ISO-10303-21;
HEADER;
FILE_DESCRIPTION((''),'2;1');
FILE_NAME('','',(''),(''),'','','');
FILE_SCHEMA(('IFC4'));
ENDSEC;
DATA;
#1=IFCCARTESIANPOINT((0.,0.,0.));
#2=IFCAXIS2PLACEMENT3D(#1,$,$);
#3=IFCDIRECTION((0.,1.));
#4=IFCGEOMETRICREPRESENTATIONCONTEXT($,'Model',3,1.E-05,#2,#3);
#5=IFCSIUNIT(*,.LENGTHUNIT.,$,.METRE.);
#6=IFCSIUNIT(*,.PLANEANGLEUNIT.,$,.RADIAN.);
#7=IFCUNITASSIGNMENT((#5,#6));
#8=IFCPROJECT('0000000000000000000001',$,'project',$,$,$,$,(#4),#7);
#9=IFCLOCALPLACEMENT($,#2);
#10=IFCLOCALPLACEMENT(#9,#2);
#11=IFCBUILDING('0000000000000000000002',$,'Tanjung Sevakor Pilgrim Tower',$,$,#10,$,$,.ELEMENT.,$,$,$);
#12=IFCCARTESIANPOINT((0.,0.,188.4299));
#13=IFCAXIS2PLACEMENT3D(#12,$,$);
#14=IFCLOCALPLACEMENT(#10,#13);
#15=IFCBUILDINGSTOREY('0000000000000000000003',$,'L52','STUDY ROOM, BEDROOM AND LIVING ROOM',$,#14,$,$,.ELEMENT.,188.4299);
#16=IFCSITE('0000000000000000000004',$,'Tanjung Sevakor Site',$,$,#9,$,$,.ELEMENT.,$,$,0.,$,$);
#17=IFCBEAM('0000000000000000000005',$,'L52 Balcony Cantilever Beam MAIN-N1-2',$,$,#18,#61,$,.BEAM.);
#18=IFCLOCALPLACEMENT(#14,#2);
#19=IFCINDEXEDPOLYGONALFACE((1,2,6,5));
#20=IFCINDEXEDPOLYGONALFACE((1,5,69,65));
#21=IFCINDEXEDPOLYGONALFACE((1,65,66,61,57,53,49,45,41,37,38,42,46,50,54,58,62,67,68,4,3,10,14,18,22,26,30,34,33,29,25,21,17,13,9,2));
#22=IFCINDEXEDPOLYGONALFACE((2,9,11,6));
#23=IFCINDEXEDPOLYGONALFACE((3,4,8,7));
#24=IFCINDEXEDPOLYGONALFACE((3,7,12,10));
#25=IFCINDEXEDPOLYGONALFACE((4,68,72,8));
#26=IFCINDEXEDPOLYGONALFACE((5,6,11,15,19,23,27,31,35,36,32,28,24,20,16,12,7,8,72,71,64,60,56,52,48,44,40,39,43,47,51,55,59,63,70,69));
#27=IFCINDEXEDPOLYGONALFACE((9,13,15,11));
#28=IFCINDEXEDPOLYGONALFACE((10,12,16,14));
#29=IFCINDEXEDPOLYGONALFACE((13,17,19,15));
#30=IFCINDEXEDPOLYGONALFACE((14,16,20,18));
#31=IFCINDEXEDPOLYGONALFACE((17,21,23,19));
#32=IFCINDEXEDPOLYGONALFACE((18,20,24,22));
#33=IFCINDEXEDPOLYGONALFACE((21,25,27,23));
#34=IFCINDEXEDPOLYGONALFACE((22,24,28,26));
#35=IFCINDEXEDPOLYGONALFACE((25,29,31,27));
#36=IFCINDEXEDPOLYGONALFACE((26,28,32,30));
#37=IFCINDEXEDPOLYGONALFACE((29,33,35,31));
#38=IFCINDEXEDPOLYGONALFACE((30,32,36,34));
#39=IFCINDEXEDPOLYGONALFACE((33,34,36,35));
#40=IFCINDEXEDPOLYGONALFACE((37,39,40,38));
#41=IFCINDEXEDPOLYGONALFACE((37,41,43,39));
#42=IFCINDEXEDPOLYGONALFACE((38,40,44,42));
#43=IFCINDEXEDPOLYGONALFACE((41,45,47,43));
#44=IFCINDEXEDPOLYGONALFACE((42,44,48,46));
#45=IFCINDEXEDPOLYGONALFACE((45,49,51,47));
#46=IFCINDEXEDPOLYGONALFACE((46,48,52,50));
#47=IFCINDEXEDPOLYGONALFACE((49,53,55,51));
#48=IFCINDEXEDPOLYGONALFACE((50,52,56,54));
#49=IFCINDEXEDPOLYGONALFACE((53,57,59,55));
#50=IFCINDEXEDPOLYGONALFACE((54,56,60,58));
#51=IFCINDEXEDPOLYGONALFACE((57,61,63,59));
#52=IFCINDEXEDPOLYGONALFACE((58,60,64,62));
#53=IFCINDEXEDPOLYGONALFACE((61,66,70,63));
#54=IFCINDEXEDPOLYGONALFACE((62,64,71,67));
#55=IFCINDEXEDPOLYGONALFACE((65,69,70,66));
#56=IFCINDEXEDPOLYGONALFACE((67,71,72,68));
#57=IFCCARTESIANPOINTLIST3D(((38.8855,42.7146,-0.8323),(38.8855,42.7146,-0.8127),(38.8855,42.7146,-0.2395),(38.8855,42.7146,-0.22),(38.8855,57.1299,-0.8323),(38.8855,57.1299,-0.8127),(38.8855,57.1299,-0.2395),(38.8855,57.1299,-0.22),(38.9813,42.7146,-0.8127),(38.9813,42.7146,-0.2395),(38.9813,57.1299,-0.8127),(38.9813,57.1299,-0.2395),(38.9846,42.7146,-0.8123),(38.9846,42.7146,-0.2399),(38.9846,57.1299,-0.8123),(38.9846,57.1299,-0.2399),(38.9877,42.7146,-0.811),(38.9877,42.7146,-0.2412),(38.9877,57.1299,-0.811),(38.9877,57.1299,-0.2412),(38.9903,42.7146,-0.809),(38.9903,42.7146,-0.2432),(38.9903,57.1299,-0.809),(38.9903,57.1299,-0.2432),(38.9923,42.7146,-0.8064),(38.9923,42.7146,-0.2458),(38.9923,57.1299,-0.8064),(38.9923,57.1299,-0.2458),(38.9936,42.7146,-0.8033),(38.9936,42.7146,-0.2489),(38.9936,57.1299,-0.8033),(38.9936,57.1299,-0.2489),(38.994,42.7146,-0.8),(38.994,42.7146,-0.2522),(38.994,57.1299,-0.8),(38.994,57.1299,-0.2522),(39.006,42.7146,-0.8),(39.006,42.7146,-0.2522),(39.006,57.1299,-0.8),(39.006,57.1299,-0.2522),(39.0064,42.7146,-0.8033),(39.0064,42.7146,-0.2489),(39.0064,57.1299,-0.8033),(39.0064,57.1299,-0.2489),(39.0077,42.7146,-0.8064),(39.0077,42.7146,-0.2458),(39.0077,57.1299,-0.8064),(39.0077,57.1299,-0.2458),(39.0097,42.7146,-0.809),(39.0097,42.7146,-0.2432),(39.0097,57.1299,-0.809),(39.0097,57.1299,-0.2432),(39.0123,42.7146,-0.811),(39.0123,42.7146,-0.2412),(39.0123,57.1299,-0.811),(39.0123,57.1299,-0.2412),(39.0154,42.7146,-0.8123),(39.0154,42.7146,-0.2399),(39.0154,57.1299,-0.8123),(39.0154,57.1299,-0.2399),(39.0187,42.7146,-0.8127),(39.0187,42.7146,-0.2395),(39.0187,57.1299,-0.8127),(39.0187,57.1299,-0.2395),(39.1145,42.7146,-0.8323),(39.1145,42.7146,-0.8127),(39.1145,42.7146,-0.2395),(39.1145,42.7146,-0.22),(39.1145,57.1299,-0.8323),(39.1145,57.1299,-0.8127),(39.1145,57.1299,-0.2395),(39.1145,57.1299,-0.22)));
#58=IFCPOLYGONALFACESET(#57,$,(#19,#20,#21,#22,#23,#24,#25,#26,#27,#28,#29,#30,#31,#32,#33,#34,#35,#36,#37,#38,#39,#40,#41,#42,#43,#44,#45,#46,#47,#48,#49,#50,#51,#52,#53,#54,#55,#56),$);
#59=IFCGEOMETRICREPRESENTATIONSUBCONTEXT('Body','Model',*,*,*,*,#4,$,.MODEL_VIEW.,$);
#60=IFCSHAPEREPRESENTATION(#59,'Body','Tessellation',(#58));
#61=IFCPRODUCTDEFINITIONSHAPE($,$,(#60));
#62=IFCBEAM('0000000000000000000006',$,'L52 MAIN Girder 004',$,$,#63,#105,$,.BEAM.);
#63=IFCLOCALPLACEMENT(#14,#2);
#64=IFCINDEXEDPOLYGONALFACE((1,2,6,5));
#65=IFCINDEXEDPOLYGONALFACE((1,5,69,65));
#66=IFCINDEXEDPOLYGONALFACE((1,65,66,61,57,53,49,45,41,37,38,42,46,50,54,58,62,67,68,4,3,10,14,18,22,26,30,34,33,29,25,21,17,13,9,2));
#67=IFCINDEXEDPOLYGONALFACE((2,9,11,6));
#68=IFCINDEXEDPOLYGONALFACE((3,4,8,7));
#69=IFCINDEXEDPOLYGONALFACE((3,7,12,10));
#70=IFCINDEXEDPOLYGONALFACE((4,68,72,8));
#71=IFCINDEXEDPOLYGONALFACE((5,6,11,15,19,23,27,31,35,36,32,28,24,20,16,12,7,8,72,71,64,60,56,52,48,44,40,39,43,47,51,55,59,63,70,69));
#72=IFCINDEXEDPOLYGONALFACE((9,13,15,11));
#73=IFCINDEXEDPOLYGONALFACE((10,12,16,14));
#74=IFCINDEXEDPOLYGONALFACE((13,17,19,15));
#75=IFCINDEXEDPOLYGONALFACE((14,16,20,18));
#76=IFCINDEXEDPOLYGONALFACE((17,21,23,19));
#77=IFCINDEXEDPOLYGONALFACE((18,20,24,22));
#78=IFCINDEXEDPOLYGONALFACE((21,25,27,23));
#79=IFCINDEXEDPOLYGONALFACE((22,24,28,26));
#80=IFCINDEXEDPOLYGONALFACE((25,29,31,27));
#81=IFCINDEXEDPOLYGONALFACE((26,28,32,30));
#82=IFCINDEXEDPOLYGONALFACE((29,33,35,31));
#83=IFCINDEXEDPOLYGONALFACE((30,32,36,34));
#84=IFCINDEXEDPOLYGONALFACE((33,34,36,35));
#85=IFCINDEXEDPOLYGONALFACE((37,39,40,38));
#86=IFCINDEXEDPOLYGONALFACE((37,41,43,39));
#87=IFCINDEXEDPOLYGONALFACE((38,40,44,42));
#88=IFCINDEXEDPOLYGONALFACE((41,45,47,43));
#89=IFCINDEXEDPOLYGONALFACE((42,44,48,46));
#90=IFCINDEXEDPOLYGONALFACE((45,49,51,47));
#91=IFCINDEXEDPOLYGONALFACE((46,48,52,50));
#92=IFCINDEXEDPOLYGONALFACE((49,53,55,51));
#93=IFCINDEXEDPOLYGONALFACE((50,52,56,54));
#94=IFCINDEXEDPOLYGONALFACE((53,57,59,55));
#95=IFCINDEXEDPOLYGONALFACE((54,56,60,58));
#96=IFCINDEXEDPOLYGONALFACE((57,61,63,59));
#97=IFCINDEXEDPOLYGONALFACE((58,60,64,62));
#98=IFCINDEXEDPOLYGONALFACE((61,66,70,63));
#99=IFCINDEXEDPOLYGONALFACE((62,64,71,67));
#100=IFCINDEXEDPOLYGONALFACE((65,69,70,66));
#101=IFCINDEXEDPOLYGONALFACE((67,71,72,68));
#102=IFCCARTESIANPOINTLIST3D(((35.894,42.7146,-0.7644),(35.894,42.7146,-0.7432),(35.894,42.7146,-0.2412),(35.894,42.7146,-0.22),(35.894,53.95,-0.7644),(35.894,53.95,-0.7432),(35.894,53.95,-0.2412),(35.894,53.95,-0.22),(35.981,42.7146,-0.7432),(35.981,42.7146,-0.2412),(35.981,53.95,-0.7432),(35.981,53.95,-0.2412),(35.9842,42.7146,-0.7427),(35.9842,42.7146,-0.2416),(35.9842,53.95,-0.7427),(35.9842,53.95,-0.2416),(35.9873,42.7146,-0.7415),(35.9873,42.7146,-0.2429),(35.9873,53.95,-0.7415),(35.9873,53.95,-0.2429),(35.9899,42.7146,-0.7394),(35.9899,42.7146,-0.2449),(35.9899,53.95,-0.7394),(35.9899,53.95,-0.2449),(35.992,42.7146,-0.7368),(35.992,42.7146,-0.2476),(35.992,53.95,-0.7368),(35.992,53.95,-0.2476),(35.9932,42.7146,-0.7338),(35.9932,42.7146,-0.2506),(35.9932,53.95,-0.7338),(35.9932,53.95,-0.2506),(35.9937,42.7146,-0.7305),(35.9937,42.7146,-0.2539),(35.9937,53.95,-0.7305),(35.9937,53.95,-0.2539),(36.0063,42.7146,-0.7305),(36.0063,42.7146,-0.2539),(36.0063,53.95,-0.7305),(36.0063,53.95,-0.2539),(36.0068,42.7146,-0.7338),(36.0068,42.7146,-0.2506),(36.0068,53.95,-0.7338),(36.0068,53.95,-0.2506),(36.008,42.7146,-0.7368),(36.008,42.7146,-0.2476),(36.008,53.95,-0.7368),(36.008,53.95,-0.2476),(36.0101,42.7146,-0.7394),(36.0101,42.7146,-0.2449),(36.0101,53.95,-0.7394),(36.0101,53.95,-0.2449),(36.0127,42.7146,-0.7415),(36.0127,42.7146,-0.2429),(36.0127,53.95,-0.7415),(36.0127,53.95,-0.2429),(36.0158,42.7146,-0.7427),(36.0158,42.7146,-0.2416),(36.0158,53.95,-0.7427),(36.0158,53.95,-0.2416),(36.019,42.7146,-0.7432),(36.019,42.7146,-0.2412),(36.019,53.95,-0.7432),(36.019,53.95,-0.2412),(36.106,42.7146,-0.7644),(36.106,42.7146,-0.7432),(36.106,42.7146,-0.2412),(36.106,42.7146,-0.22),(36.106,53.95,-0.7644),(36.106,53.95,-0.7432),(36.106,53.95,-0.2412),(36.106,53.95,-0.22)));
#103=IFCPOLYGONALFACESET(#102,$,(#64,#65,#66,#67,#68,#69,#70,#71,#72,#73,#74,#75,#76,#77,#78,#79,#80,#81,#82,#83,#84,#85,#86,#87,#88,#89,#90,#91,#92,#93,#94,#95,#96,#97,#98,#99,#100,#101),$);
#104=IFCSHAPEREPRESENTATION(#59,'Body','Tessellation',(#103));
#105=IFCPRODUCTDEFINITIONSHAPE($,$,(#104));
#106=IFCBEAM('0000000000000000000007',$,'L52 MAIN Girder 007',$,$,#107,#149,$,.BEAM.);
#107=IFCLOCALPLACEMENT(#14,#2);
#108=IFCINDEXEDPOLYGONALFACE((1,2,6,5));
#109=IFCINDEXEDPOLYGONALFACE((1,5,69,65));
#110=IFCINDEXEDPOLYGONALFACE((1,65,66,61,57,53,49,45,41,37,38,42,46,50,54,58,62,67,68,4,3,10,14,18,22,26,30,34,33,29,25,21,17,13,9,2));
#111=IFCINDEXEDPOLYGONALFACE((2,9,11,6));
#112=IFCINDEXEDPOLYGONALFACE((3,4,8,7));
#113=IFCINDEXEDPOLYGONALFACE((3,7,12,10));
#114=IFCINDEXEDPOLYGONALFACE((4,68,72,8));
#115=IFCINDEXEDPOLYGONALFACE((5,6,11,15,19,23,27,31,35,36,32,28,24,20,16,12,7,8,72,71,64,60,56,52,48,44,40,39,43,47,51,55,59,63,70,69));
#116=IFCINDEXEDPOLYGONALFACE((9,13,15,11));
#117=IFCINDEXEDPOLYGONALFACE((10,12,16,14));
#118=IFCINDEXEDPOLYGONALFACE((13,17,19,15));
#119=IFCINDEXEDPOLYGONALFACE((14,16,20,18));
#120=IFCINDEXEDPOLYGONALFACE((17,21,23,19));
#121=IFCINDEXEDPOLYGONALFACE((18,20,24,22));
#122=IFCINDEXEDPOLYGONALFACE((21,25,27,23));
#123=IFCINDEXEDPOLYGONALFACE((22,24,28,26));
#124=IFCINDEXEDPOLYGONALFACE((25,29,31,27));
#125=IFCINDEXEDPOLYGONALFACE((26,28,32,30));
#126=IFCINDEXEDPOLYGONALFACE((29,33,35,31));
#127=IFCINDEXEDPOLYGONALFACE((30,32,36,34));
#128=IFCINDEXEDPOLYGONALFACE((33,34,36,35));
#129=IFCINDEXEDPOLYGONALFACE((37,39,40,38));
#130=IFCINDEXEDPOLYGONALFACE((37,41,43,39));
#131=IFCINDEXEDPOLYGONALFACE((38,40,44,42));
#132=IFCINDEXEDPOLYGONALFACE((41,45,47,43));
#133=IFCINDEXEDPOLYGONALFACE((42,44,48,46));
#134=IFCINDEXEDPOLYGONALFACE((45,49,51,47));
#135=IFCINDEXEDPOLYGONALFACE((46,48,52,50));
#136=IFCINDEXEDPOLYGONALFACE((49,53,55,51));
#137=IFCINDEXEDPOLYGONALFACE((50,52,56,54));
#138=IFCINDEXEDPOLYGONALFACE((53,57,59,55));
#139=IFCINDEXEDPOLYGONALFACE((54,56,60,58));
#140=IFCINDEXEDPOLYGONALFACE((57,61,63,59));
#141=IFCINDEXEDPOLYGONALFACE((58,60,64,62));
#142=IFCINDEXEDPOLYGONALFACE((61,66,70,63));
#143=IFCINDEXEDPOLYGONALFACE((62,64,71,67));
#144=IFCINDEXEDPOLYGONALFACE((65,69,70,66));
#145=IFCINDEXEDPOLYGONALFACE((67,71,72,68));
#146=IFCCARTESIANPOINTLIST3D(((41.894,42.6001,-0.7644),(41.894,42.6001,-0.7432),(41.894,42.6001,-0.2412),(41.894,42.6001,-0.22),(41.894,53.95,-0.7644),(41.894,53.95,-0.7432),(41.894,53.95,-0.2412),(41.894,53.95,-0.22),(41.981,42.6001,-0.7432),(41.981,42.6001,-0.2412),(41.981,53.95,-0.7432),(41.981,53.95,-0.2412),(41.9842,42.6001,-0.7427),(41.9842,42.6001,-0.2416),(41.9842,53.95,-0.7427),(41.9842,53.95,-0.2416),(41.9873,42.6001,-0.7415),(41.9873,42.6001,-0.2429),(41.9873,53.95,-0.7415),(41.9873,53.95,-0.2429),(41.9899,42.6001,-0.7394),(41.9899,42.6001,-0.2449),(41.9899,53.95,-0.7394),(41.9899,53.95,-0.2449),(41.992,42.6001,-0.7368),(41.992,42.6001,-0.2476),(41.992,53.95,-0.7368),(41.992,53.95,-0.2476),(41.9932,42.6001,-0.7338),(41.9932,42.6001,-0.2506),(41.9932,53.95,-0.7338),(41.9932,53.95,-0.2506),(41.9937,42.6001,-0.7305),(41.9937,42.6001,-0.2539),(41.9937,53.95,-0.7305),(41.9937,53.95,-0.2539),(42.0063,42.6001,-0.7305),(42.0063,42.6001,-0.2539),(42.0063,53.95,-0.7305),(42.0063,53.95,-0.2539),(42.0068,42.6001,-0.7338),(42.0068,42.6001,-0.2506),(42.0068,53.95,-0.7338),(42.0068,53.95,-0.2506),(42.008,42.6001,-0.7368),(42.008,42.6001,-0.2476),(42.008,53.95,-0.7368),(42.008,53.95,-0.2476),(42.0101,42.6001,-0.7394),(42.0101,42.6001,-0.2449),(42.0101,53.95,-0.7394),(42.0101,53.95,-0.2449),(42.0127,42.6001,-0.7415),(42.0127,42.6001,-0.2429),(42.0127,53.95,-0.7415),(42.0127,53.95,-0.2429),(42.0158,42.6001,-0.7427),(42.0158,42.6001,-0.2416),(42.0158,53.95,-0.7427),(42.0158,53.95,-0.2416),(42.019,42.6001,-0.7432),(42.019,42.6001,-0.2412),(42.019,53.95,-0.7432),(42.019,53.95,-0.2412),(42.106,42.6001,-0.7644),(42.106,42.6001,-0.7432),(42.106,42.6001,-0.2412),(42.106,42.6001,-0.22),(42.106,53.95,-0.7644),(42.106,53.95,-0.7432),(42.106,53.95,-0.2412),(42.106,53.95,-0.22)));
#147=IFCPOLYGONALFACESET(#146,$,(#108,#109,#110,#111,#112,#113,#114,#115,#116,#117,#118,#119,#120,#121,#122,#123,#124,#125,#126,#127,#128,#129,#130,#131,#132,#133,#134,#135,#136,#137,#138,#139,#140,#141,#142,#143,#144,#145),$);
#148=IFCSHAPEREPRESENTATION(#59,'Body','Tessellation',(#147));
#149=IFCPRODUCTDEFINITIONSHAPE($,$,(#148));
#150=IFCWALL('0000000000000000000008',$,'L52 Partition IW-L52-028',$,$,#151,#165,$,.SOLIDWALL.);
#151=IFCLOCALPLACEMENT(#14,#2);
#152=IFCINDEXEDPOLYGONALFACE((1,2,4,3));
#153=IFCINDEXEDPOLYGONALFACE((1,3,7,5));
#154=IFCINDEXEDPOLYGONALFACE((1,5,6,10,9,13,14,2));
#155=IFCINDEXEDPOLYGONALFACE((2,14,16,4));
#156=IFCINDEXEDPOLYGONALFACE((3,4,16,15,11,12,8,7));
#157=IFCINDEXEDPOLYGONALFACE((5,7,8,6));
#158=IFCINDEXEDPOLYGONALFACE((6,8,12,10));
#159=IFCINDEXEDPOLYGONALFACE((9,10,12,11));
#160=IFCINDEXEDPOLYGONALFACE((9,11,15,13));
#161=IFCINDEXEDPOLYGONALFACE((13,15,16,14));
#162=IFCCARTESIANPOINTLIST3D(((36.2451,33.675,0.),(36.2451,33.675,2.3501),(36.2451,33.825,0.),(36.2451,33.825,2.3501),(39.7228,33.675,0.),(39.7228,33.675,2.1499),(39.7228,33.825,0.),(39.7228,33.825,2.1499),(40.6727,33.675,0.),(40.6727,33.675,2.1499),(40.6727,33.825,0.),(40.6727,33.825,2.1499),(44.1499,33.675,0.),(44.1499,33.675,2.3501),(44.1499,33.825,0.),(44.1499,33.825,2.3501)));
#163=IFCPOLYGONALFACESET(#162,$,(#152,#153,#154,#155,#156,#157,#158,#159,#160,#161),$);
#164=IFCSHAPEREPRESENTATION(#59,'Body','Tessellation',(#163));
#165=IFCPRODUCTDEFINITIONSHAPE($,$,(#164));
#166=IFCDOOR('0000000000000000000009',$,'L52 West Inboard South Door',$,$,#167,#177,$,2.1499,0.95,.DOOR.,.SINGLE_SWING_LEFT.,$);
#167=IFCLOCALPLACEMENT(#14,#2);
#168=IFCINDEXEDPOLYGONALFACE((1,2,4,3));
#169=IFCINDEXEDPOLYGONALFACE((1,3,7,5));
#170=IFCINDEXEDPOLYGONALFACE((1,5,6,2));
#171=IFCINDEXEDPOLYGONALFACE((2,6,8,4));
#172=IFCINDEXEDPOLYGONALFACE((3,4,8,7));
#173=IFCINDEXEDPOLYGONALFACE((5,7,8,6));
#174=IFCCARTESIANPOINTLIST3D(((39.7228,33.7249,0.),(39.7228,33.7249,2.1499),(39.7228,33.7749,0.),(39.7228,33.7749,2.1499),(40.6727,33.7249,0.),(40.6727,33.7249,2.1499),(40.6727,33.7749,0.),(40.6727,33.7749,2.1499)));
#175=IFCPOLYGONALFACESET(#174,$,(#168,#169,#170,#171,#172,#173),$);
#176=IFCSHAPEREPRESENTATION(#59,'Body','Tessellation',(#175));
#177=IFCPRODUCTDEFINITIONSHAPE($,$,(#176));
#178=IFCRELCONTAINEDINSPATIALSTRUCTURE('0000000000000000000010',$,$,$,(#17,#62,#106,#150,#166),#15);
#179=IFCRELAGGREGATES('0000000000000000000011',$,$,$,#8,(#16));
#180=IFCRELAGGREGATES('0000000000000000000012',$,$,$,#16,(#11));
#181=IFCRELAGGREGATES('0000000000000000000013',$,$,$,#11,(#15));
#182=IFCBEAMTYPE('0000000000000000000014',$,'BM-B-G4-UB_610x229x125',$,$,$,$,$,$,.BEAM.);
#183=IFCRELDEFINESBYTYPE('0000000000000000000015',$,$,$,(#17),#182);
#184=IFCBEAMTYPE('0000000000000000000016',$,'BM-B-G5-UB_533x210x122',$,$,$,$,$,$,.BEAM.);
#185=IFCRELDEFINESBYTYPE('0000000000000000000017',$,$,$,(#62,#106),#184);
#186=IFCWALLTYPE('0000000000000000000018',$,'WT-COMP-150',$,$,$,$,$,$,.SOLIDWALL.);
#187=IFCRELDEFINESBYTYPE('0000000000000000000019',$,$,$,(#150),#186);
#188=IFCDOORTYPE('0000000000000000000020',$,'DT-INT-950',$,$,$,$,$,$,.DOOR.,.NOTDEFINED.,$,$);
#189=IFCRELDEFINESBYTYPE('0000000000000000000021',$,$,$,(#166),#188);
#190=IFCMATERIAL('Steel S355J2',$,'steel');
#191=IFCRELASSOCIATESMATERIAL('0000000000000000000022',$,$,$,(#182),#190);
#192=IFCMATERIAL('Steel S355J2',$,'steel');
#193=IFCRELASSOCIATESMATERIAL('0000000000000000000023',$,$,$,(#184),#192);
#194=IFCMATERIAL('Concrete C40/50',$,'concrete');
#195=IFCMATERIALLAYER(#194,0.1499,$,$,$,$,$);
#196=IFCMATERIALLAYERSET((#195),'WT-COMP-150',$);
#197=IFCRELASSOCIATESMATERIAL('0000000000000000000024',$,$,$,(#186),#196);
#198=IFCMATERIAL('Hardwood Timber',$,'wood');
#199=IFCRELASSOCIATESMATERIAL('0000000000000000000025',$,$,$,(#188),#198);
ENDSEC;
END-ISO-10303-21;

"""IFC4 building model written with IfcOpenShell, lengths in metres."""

from ifc_helpers import new_model, si_unit, direction, frame, frame_2d, origin, origin_2d, place, context, subcontext, project, spatial, rectangle, i_section, extrude, material, layer, layer_set, material_profile, profile_set, type_object, element, fill, save


model = new_model("IFC4")

# Units and contexts
model_context = context("Model", 3, precision=1e-05, world=origin(), true_north=direction((0.0, 1.0)))
body_context = subcontext(model_context, "Body", "Model", "MODEL_VIEW")
ifc_project = project(units=[si_unit("LENGTHUNIT", "METRE"), si_unit("PLANEANGLEUNIT", "RADIAN")], contexts=[model_context])

# Site, building, storey
site_placement = place(None, origin())
site = spatial("IfcSite", under=ifc_project, at=site_placement, Name="Tanjung Sevakor Site", CompositionType="ELEMENT", RefElevation=0.0)
building_placement = place(site_placement, origin())
building = spatial("IfcBuilding", under=site, at=building_placement, Name="Tanjung Sevakor Pilgrim Tower", CompositionType="ELEMENT")
storey_placement = place(building_placement, frame((0.0, 0.0, 188.4299)))
storey = spatial("IfcBuildingStorey", under=building, at=storey_placement, Name="L52", Description="STUDY ROOM, BEDROOM AND LIVING ROOM", CompositionType="ELEMENT", Elevation=188.4299)

# Beams
ifc_material_1 = material(Name="Steel S355J2", Category="steel")
ifc_material_profile_1 = material_profile(ifc_material_1, i_section(OverallWidth=0.229, OverallDepth=0.6123, WebThickness=0.012, FlangeThickness=0.0195, FilletRadius=0.0127, at=origin_2d()))
ifc_profile_set_1 = profile_set([ifc_material_profile_1], Name="Steel S355J2")
beam_type_1 = type_object("IfcBeamType", Name="BM-B-G4-UB_610x229x125", PredefinedType="BEAM", material=ifc_profile_set_1)
beam_1_placement = place(storey_placement, frame((39.0, 42.7146, -0.5261), z_axis=(0.0, 1.0, 0.0), x_axis=(-1.0, 0.0, 0.0)))
element("IfcBeam", 1, at=beam_1_placement, inside=storey, type_object=beam_type_1, Name="L52 Balcony Cantilever Beam MAIN-N1-2", PredefinedType="BEAM", context=body_context, shape_type="SweptSolid", body=[
    extrude(i_section(OverallWidth=0.229, OverallDepth=0.6123, WebThickness=0.012, FlangeThickness=0.0195, FilletRadius=0.0127, at=origin_2d()), origin(), (0.0, 0.0, 1.0), 14.4153),
])
ifc_material_2 = material(Name="Steel S355J2", Category="steel")
ifc_material_profile_2 = material_profile(ifc_material_2, i_section(OverallWidth=0.2119, OverallDepth=0.5444, WebThickness=0.0127, FlangeThickness=0.0212, FilletRadius=0.0127, at=origin_2d()))
ifc_profile_set_2 = profile_set([ifc_material_profile_2], Name="Steel S355J2")
beam_type_2 = type_object("IfcBeamType", Name="BM-B-G5-UB_533x210x122", PredefinedType="BEAM", material=ifc_profile_set_2)
beam_2_placement = place(storey_placement, frame((36.0, 42.7146, -0.4922), z_axis=(0.0, 1.0, 0.0), x_axis=(-1.0, 0.0, 0.0)))
element("IfcBeam", 2, at=beam_2_placement, inside=storey, type_object=beam_type_2, Name="L52 MAIN Girder 004", PredefinedType="BEAM", context=body_context, shape_type="SweptSolid", body=[
    extrude(i_section(OverallWidth=0.2119, OverallDepth=0.5444, WebThickness=0.0127, FlangeThickness=0.0212, FilletRadius=0.0127, at=origin_2d()), origin(), (0.0, 0.0, 1.0), 11.2354),
])
beam_3_placement = place(storey_placement, frame((42.0, 42.6001, -0.4922), z_axis=(0.0, 1.0, 0.0), x_axis=(-1.0, 0.0, 0.0)))
element("IfcBeam", 3, at=beam_3_placement, inside=storey, type_object=beam_type_2, Name="L52 MAIN Girder 007", PredefinedType="BEAM", context=body_context, shape_type="SweptSolid", body=[
    extrude(i_section(OverallWidth=0.2119, OverallDepth=0.5444, WebThickness=0.0127, FlangeThickness=0.0212, FilletRadius=0.0127, at=origin_2d()), origin(), (0.0, 0.0, 1.0), 11.3499),
])

# Wall, opening, door
ifc_material_3 = material(Name="Concrete C40/50", Category="concrete")
ifc_layer = layer(ifc_material_3, 0.1499)
ifc_layer_set = layer_set([ifc_layer], Name="WT-COMP-150")
wall_type = type_object("IfcWallType", Name="WT-COMP-150", PredefinedType="SOLIDWALL", material=ifc_layer_set)
wall_1_placement = place(storey_placement, frame((36.2451, 33.75, 0.0), z_axis=(0.0, 0.0, 1.0), x_axis=(1.0, 0.0, 0.0)))
wall_1 = element("IfcWall", 4, at=wall_1_placement, inside=storey, type_object=wall_type, Name="L52 Partition IW-L52-028", PredefinedType="SOLIDWALL", context=body_context, shape_type="SweptSolid", body=[
    extrude(rectangle(XDim=7.9048, YDim=0.1499, at=frame_2d((3.9524, 0.0))), origin(), (0.0, 0.0, 1.0), 2.3501),
])
opening_1_placement = place(wall_1_placement, frame((3.4775, 0.0, 0.0)))
opening_1 = element("IfcOpeningElement", 5, at=opening_1_placement, cuts=wall_1, PredefinedType="OPENING", context=body_context, shape_type="SweptSolid", body=[
    extrude(rectangle(XDim=0.95, YDim=2.1499, at=frame_2d((0.4751, 1.075))), frame((0.0, 0.085, 0.0), z_axis=(0.0, -1.0, 0.0), x_axis=(1.0, 0.0, 0.0)), (0.0, 0.0, 1.0), 0.1699),
])
ifc_material_4 = material(Name="Hardwood Timber", Category="wood")
door_type = type_object("IfcDoorType", Name="DT-INT-950", OperationType="NOTDEFINED", PredefinedType="DOOR", material=ifc_material_4)
door_1_placement = place(opening_1_placement, origin())
door_1 = element("IfcDoor", 6, at=door_1_placement, inside=storey, type_object=door_type, Name="L52 West Inboard South Door", OperationType="SINGLE_SWING_LEFT", OverallHeight=2.1499, OverallWidth=0.95, PredefinedType="DOOR", context=body_context, shape_type="SweptSolid", body=[
    extrude(rectangle(XDim=0.95, YDim=2.1499, at=frame_2d((0.4751, 1.075))), frame((0.0, 0.0249, 0.0), z_axis=(0.0, -1.0, 0.0), x_axis=(1.0, 0.0, 0.0)), (0.0, 0.0, 1.0), 0.05),
])
fill(opening_1, door_1)

save(model, "model.ifc")
